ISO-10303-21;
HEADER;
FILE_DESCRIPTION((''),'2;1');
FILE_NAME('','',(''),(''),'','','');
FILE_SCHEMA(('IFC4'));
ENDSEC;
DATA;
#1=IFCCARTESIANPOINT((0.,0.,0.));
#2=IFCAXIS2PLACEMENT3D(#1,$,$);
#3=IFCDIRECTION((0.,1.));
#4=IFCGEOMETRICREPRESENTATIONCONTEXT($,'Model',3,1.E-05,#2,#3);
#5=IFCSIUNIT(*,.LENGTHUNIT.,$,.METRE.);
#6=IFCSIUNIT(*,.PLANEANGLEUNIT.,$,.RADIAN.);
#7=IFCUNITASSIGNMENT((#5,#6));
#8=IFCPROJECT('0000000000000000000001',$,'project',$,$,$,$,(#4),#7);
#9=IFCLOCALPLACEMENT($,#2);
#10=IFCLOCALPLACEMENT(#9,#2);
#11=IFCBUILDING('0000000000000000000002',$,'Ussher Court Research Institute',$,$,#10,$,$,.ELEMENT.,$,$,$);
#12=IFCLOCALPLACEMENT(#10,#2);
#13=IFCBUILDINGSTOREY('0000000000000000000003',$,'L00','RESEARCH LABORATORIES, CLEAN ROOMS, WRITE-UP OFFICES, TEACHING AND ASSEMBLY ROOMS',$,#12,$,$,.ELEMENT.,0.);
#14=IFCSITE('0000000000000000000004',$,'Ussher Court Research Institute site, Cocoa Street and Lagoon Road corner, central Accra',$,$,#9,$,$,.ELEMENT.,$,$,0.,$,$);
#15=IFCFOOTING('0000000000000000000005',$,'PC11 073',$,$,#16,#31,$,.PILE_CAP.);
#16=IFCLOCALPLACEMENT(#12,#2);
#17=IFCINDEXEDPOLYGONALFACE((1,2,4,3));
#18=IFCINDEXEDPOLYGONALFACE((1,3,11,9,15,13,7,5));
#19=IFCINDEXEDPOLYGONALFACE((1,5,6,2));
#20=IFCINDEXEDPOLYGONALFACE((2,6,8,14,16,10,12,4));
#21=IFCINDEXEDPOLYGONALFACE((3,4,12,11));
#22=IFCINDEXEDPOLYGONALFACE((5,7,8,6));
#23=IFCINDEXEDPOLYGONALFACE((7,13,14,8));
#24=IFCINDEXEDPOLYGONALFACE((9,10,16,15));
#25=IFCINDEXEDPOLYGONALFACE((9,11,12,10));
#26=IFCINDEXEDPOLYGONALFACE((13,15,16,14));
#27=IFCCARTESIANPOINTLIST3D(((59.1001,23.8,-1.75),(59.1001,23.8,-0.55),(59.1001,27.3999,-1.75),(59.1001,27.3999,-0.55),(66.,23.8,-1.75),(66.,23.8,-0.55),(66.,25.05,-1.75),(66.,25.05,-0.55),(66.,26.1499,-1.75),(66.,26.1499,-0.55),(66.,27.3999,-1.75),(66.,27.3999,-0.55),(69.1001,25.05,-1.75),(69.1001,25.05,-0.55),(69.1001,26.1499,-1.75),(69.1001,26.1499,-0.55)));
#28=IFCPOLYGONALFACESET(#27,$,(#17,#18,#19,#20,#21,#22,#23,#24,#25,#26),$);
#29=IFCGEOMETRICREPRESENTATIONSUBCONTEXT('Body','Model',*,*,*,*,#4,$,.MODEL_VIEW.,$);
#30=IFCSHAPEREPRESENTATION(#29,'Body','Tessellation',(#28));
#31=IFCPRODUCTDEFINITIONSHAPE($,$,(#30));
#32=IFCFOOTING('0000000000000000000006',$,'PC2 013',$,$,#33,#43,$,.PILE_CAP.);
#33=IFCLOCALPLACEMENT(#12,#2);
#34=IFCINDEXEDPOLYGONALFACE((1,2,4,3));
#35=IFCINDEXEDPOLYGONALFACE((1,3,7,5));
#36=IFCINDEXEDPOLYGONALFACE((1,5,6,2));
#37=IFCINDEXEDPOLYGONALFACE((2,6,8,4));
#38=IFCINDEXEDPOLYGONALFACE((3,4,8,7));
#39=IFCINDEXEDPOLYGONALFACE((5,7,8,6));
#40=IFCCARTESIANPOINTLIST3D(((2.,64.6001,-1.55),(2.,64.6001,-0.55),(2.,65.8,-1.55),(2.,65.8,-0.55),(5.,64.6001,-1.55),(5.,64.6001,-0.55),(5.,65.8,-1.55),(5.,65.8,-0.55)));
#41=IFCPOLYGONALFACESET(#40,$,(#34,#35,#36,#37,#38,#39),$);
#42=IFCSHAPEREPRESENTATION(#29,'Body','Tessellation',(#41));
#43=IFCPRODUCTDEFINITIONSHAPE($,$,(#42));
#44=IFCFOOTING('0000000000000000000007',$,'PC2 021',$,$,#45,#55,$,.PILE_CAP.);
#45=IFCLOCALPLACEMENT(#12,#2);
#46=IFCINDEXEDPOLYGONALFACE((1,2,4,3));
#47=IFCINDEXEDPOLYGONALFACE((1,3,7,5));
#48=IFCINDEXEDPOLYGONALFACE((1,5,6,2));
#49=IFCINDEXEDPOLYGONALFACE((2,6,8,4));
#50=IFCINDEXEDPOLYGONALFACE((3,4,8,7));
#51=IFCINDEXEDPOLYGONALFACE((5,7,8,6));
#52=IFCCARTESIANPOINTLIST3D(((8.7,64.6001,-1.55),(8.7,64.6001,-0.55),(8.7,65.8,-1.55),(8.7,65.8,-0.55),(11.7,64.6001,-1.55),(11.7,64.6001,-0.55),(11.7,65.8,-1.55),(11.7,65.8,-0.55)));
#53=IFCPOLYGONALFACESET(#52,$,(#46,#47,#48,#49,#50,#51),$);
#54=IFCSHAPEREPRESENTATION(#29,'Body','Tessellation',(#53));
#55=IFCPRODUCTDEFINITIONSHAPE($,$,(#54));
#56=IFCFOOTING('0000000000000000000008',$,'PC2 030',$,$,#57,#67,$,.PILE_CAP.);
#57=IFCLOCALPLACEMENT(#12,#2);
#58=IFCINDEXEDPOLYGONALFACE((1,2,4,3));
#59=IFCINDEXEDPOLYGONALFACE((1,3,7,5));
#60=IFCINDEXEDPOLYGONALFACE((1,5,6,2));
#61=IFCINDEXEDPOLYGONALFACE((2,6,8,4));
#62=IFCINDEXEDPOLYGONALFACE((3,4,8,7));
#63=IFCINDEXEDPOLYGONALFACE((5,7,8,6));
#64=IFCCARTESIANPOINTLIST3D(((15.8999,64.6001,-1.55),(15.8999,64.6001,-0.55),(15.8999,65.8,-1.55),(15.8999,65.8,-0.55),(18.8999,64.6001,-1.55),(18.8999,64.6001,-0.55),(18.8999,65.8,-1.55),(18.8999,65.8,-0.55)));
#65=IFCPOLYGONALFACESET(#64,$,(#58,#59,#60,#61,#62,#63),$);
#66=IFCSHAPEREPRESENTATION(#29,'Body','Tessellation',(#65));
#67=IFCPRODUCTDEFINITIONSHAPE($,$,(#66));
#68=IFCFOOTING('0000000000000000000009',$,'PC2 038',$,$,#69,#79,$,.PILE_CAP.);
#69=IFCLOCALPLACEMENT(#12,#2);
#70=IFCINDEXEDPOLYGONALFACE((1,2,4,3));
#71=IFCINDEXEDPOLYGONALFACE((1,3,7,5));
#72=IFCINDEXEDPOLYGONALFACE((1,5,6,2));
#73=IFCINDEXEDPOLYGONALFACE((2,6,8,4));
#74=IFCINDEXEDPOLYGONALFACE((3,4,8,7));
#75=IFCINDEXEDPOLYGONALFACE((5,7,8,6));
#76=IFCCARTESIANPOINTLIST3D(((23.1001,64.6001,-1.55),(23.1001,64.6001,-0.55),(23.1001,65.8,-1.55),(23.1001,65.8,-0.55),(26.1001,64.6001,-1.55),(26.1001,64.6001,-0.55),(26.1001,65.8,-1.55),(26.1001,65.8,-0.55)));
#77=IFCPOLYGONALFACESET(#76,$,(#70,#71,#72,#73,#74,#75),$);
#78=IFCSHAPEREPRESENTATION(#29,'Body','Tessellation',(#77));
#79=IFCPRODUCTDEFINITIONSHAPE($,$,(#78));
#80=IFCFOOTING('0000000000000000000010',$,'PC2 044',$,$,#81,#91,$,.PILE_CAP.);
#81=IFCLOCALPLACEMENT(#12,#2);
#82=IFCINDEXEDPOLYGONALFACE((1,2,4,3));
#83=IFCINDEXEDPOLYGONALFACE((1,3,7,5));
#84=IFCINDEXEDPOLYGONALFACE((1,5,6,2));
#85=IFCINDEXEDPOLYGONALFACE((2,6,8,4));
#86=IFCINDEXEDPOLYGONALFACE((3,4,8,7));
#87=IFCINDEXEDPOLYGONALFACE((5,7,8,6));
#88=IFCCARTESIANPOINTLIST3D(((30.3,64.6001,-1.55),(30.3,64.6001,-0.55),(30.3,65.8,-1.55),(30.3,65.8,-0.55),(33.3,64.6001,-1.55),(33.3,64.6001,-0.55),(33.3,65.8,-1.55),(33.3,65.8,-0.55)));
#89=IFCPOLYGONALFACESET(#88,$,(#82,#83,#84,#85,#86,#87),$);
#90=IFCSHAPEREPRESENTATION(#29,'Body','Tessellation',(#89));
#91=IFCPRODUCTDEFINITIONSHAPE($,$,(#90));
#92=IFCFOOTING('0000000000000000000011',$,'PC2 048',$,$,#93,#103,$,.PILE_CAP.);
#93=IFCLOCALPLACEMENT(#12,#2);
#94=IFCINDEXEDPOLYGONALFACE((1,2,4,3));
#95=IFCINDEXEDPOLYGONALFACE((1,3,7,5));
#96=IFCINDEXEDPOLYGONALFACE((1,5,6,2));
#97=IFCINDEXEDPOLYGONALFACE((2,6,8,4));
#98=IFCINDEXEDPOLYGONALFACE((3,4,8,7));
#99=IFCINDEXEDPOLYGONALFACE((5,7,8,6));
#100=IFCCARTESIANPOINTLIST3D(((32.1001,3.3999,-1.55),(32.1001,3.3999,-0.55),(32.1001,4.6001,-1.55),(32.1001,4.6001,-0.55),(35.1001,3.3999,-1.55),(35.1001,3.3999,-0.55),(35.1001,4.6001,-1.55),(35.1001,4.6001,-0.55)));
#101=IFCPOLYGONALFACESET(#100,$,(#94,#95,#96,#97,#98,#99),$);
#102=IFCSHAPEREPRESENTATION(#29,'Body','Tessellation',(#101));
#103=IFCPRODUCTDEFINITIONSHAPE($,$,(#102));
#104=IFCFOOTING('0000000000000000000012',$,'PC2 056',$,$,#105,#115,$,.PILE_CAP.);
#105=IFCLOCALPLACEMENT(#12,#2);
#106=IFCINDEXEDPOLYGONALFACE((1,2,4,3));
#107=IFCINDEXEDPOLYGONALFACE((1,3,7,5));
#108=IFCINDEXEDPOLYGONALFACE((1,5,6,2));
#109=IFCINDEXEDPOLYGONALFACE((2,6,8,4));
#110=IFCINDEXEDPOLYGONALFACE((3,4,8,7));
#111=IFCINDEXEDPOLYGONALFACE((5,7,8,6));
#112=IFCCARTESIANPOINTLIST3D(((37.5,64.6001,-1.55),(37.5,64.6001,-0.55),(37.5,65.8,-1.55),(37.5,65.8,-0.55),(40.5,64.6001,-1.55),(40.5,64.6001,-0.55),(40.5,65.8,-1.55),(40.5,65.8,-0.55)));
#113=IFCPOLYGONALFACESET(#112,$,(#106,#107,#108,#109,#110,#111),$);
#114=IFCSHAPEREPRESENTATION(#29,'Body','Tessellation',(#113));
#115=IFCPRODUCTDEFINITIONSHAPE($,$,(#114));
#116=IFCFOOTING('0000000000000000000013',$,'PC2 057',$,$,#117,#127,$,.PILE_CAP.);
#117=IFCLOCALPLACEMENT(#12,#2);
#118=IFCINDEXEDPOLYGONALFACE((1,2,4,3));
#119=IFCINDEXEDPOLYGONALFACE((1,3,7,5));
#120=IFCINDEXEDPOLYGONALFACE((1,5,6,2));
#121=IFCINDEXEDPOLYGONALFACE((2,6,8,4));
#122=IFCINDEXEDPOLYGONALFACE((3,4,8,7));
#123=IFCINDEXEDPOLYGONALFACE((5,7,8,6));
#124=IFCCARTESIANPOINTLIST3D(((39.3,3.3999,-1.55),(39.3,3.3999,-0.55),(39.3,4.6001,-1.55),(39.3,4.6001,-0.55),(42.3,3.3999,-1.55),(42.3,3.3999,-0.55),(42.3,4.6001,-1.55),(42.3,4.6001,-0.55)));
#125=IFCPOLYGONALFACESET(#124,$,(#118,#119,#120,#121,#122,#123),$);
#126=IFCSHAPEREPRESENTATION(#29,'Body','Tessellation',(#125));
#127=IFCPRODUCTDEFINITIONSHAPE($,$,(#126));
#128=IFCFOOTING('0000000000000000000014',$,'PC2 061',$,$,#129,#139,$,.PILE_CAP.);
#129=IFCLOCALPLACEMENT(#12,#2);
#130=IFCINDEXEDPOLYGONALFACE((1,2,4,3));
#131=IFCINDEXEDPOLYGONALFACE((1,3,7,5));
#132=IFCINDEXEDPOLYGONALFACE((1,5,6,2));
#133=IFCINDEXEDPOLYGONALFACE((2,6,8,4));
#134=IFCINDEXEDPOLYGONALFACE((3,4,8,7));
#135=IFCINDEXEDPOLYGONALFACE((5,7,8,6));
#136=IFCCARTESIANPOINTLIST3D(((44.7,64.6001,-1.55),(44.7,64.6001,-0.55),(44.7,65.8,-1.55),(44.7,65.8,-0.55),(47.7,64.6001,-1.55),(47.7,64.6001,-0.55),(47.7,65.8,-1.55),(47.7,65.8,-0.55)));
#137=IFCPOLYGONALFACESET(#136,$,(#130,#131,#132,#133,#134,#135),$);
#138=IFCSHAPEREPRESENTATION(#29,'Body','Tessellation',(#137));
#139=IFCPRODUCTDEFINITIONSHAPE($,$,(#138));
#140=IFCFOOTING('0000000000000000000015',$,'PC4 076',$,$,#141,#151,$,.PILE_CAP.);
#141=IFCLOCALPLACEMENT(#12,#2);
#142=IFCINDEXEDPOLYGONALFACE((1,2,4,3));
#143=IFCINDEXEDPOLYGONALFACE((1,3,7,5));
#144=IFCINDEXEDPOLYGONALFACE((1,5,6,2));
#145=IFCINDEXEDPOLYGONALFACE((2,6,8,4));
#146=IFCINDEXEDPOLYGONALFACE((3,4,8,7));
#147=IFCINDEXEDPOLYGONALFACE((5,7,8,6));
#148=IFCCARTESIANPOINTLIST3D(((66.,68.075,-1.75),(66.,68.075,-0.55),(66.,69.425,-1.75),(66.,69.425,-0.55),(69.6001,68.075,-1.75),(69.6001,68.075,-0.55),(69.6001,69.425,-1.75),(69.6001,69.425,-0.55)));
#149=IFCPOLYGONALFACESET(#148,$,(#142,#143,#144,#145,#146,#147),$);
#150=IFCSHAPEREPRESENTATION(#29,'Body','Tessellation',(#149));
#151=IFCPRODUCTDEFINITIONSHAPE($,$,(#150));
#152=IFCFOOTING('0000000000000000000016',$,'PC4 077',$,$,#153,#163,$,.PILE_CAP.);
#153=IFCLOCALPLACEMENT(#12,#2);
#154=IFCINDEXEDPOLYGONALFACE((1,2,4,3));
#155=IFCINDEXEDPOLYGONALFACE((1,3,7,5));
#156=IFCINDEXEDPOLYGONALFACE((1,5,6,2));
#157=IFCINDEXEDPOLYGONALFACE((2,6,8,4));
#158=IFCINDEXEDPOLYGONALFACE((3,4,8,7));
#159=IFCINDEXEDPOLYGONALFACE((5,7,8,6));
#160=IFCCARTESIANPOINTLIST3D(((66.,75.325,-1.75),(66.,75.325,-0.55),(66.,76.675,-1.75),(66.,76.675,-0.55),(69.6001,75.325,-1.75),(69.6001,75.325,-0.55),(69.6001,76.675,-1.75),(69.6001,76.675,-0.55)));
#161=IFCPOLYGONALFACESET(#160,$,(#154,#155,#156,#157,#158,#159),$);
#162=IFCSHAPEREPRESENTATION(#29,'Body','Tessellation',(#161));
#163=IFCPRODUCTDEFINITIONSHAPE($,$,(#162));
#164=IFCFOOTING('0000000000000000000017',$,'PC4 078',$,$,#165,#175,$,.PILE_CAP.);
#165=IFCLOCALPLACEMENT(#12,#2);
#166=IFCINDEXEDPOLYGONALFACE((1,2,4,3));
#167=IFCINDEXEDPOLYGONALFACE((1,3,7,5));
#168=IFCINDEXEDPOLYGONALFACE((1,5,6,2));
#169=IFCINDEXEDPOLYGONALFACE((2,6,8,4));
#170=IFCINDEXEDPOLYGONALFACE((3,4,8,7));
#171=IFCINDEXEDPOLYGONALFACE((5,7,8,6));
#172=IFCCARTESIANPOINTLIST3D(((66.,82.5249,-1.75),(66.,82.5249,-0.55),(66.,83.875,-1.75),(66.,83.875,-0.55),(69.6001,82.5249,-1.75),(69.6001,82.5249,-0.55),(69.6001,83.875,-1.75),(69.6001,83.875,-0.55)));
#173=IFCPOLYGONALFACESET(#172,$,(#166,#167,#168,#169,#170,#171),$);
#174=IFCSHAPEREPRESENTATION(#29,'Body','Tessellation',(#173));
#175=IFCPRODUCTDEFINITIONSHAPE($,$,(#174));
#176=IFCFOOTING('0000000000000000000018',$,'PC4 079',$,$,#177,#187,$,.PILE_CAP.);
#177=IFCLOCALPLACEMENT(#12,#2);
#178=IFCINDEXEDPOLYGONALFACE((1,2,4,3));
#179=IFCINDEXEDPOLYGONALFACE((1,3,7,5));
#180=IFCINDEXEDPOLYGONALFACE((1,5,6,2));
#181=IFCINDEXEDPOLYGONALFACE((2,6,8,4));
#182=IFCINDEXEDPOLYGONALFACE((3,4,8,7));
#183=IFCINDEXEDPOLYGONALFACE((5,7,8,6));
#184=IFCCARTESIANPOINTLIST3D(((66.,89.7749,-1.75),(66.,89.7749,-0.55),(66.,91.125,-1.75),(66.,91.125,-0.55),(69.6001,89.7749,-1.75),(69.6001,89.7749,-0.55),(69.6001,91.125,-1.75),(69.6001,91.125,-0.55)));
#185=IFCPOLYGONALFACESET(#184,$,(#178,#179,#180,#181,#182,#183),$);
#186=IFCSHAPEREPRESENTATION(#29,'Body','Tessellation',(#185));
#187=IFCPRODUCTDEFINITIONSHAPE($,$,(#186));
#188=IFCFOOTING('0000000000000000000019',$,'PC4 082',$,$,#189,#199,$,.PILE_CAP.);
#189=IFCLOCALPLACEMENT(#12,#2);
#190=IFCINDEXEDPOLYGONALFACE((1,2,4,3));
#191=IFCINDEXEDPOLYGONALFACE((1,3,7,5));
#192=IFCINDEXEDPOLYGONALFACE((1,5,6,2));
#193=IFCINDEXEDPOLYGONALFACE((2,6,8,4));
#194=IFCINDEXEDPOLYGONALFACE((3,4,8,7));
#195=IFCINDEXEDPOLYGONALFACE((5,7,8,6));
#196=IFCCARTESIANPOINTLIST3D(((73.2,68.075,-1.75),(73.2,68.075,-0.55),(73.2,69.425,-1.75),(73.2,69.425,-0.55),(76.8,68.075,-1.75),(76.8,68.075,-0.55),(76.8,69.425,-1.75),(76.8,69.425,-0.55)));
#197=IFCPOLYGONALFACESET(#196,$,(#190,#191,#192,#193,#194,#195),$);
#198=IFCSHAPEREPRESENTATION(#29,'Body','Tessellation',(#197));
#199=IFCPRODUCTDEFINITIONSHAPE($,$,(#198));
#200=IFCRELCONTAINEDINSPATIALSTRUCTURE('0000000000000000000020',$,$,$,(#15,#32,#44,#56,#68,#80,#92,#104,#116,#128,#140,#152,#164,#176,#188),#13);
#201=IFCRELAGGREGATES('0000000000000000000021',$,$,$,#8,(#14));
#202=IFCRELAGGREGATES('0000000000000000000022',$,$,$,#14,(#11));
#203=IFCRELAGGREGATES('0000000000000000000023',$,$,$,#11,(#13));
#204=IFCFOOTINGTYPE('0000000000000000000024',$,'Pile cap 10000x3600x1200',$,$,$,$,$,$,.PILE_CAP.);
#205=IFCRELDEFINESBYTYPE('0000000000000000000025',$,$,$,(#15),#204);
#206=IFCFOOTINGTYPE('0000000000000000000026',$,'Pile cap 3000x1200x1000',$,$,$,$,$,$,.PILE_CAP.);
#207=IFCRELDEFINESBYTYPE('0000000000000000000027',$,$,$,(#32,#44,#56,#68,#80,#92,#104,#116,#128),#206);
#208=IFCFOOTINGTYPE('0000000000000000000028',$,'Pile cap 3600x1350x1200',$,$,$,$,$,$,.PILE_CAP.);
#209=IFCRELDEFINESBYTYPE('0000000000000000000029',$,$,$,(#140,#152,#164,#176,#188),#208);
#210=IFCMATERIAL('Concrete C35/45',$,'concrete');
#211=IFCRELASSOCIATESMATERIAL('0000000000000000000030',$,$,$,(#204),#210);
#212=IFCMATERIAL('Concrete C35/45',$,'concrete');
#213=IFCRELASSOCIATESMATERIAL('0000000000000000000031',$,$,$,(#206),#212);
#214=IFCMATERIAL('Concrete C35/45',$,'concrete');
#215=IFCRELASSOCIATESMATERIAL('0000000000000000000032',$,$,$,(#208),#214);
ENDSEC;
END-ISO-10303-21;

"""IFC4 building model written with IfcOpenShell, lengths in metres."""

from ifc_helpers import new_model, si_unit, direction, frame, origin, place, context, subcontext, project, spatial, polyline, outline, extrude, material, type_object, element, save


model = new_model("IFC4")

# Units and contexts
model_context = context("Model", 3, precision=1e-05, world=origin(), true_north=direction((0.0, 1.0)))
body_context = subcontext(model_context, "Body", "Model", "MODEL_VIEW")
ifc_project = project(units=[si_unit("LENGTHUNIT", "METRE"), si_unit("PLANEANGLEUNIT", "RADIAN")], contexts=[model_context])

# Site, building, storey
site_placement = place(None, origin())
site = spatial("IfcSite", under=ifc_project, at=site_placement, Name="Ussher Court Research Institute site, Cocoa Street and Lagoon Road corner, central Accra", CompositionType="ELEMENT", RefElevation=0.0)
building_placement = place(site_placement, origin())
building = spatial("IfcBuilding", under=site, at=building_placement, Name="Ussher Court Research Institute", CompositionType="ELEMENT")
storey_placement = place(building_placement, origin())
storey = spatial("IfcBuildingStorey", under=building, at=storey_placement, Name="L00", Description="RESEARCH LABORATORIES, CLEAN ROOMS, WRITE-UP OFFICES, TEACHING AND ASSEMBLY ROOMS", CompositionType="ELEMENT", Elevation=0.0)

# Footings
ifc_material_1 = material(Name="Concrete C35/45", Category="concrete")
footing_type_1 = type_object("IfcFootingType", Name="Pile cap 10000x3600x1200", PredefinedType="PILE_CAP", material=ifc_material_1)
footing_1_placement = place(storey_placement, frame((0.0, 0.0, -1.75)))
element("IfcFooting", 1, at=footing_1_placement, inside=storey, type_object=footing_type_1, Name="PC11 073", PredefinedType="PILE_CAP", context=body_context, shape_type="SweptSolid", body=[
    extrude(outline(polyline([(66.0, 23.8), (66.0, 25.05), (69.1001, 25.05), (69.1001, 26.1499), (66.0, 26.1499), (66.0, 27.3999), (59.1001, 27.3999), (59.1001, 23.8), (66.0, 23.8)])), origin(), (0.0, 0.0, 1.0), 1.2),
])
ifc_material_2 = material(Name="Concrete C35/45", Category="concrete")
footing_type_2 = type_object("IfcFootingType", Name="Pile cap 3000x1200x1000", PredefinedType="PILE_CAP", material=ifc_material_2)
footing_2_placement = place(storey_placement, frame((0.0, 0.0, -1.55)))
element("IfcFooting", 2, at=footing_2_placement, inside=storey, type_object=footing_type_2, Name="PC2 013", PredefinedType="PILE_CAP", context=body_context, shape_type="SweptSolid", body=[
    extrude(outline(polyline([(2.0, 64.6001), (5.0, 64.6001), (5.0, 65.8), (2.0, 65.8), (2.0, 64.6001)])), origin(), (0.0, 0.0, 1.0), 1.0),
])
footing_3_placement = place(storey_placement, frame((0.0, 0.0, -1.55)))
element("IfcFooting", 3, at=footing_3_placement, inside=storey, type_object=footing_type_2, Name="PC2 021", PredefinedType="PILE_CAP", context=body_context, shape_type="SweptSolid", body=[
    extrude(outline(polyline([(8.7, 64.6001), (11.7, 64.6001), (11.7, 65.8), (8.7, 65.8), (8.7, 64.6001)])), origin(), (0.0, 0.0, 1.0), 1.0),
])
footing_4_placement = place(storey_placement, frame((0.0, 0.0, -1.55)))
element("IfcFooting", 4, at=footing_4_placement, inside=storey, type_object=footing_type_2, Name="PC2 030", PredefinedType="PILE_CAP", context=body_context, shape_type="SweptSolid", body=[
    extrude(outline(polyline([(15.8999, 64.6001), (18.8999, 64.6001), (18.8999, 65.8), (15.8999, 65.8), (15.8999, 64.6001)])), origin(), (0.0, 0.0, 1.0), 1.0),
])
footing_5_placement = place(storey_placement, frame((0.0, 0.0, -1.55)))
element("IfcFooting", 5, at=footing_5_placement, inside=storey, type_object=footing_type_2, Name="PC2 038", PredefinedType="PILE_CAP", context=body_context, shape_type="SweptSolid", body=[
    extrude(outline(polyline([(23.1001, 64.6001), (26.1001, 64.6001), (26.1001, 65.8), (23.1001, 65.8), (23.1001, 64.6001)])), origin(), (0.0, 0.0, 1.0), 1.0),
])
footing_6_placement = place(storey_placement, frame((0.0, 0.0, -1.55)))
element("IfcFooting", 6, at=footing_6_placement, inside=storey, type_object=footing_type_2, Name="PC2 044", PredefinedType="PILE_CAP", context=body_context, shape_type="SweptSolid", body=[
    extrude(outline(polyline([(30.3, 64.6001), (33.3, 64.6001), (33.3, 65.8), (30.3, 65.8), (30.3, 64.6001)])), origin(), (0.0, 0.0, 1.0), 1.0),
])
footing_7_placement = place(storey_placement, frame((0.0, 0.0, -1.55)))
element("IfcFooting", 7, at=footing_7_placement, inside=storey, type_object=footing_type_2, Name="PC2 048", PredefinedType="PILE_CAP", context=body_context, shape_type="SweptSolid", body=[
    extrude(outline(polyline([(32.1001, 3.3999), (35.1001, 3.3999), (35.1001, 4.6001), (32.1001, 4.6001), (32.1001, 3.3999)])), origin(), (0.0, 0.0, 1.0), 1.0),
])
footing_8_placement = place(storey_placement, frame((0.0, 0.0, -1.55)))
element("IfcFooting", 8, at=footing_8_placement, inside=storey, type_object=footing_type_2, Name="PC2 056", PredefinedType="PILE_CAP", context=body_context, shape_type="SweptSolid", body=[
    extrude(outline(polyline([(37.5, 64.6001), (40.5, 64.6001), (40.5, 65.8), (37.5, 65.8), (37.5, 64.6001)])), origin(), (0.0, 0.0, 1.0), 1.0),
])
footing_9_placement = place(storey_placement, frame((0.0, 0.0, -1.55)))
element("IfcFooting", 9, at=footing_9_placement, inside=storey, type_object=footing_type_2, Name="PC2 057", PredefinedType="PILE_CAP", context=body_context, shape_type="SweptSolid", body=[
    extrude(outline(polyline([(39.3, 3.3999), (42.3, 3.3999), (42.3, 4.6001), (39.3, 4.6001), (39.3, 3.3999)])), origin(), (0.0, 0.0, 1.0), 1.0),
])
footing_10_placement = place(storey_placement, frame((0.0, 0.0, -1.55)))
element("IfcFooting", 10, at=footing_10_placement, inside=storey, type_object=footing_type_2, Name="PC2 061", PredefinedType="PILE_CAP", context=body_context, shape_type="SweptSolid", body=[
    extrude(outline(polyline([(44.7, 64.6001), (47.7, 64.6001), (47.7, 65.8), (44.7, 65.8), (44.7, 64.6001)])), origin(), (0.0, 0.0, 1.0), 1.0),
])
ifc_material_3 = material(Name="Concrete C35/45", Category="concrete")
footing_type_3 = type_object("IfcFootingType", Name="Pile cap 3600x1350x1200", PredefinedType="PILE_CAP", material=ifc_material_3)
footing_11_placement = place(storey_placement, frame((0.0, 0.0, -1.75)))
element("IfcFooting", 11, at=footing_11_placement, inside=storey, type_object=footing_type_3, Name="PC4 076", PredefinedType="PILE_CAP", context=body_context, shape_type="SweptSolid", body=[
    extrude(outline(polyline([(66.0, 68.075), (69.6001, 68.075), (69.6001, 69.425), (66.0, 69.425), (66.0, 68.075)])), origin(), (0.0, 0.0, 1.0), 1.2),
])
footing_12_placement = place(storey_placement, frame((0.0, 0.0, -1.75)))
element("IfcFooting", 12, at=footing_12_placement, inside=storey, type_object=footing_type_3, Name="PC4 077", PredefinedType="PILE_CAP", context=body_context, shape_type="SweptSolid", body=[
    extrude(outline(polyline([(66.0, 75.325), (69.6001, 75.325), (69.6001, 76.675), (66.0, 76.675), (66.0, 75.325)])), origin(), (0.0, 0.0, 1.0), 1.2),
])
footing_13_placement = place(storey_placement, frame((0.0, 0.0, -1.75)))
element("IfcFooting", 13, at=footing_13_placement, inside=storey, type_object=footing_type_3, Name="PC4 078", PredefinedType="PILE_CAP", context=body_context, shape_type="SweptSolid", body=[
    extrude(outline(polyline([(66.0, 82.5249), (69.6001, 82.5249), (69.6001, 83.875), (66.0, 83.875), (66.0, 82.5249)])), origin(), (0.0, 0.0, 1.0), 1.2),
])
footing_14_placement = place(storey_placement, frame((0.0, 0.0, -1.75)))
element("IfcFooting", 14, at=footing_14_placement, inside=storey, type_object=footing_type_3, Name="PC4 079", PredefinedType="PILE_CAP", context=body_context, shape_type="SweptSolid", body=[
    extrude(outline(polyline([(66.0, 89.7749), (69.6001, 89.7749), (69.6001, 91.125), (66.0, 91.125), (66.0, 89.7749)])), origin(), (0.0, 0.0, 1.0), 1.2),
])
footing_15_placement = place(storey_placement, frame((0.0, 0.0, -1.75)))
element("IfcFooting", 15, at=footing_15_placement, inside=storey, type_object=footing_type_3, Name="PC4 082", PredefinedType="PILE_CAP", context=body_context, shape_type="SweptSolid", body=[
    extrude(outline(polyline([(73.2, 68.075), (76.8, 68.075), (76.8, 69.425), (73.2, 69.425), (73.2, 68.075)])), origin(), (0.0, 0.0, 1.0), 1.2),
])

save(model, "model.ifc")
